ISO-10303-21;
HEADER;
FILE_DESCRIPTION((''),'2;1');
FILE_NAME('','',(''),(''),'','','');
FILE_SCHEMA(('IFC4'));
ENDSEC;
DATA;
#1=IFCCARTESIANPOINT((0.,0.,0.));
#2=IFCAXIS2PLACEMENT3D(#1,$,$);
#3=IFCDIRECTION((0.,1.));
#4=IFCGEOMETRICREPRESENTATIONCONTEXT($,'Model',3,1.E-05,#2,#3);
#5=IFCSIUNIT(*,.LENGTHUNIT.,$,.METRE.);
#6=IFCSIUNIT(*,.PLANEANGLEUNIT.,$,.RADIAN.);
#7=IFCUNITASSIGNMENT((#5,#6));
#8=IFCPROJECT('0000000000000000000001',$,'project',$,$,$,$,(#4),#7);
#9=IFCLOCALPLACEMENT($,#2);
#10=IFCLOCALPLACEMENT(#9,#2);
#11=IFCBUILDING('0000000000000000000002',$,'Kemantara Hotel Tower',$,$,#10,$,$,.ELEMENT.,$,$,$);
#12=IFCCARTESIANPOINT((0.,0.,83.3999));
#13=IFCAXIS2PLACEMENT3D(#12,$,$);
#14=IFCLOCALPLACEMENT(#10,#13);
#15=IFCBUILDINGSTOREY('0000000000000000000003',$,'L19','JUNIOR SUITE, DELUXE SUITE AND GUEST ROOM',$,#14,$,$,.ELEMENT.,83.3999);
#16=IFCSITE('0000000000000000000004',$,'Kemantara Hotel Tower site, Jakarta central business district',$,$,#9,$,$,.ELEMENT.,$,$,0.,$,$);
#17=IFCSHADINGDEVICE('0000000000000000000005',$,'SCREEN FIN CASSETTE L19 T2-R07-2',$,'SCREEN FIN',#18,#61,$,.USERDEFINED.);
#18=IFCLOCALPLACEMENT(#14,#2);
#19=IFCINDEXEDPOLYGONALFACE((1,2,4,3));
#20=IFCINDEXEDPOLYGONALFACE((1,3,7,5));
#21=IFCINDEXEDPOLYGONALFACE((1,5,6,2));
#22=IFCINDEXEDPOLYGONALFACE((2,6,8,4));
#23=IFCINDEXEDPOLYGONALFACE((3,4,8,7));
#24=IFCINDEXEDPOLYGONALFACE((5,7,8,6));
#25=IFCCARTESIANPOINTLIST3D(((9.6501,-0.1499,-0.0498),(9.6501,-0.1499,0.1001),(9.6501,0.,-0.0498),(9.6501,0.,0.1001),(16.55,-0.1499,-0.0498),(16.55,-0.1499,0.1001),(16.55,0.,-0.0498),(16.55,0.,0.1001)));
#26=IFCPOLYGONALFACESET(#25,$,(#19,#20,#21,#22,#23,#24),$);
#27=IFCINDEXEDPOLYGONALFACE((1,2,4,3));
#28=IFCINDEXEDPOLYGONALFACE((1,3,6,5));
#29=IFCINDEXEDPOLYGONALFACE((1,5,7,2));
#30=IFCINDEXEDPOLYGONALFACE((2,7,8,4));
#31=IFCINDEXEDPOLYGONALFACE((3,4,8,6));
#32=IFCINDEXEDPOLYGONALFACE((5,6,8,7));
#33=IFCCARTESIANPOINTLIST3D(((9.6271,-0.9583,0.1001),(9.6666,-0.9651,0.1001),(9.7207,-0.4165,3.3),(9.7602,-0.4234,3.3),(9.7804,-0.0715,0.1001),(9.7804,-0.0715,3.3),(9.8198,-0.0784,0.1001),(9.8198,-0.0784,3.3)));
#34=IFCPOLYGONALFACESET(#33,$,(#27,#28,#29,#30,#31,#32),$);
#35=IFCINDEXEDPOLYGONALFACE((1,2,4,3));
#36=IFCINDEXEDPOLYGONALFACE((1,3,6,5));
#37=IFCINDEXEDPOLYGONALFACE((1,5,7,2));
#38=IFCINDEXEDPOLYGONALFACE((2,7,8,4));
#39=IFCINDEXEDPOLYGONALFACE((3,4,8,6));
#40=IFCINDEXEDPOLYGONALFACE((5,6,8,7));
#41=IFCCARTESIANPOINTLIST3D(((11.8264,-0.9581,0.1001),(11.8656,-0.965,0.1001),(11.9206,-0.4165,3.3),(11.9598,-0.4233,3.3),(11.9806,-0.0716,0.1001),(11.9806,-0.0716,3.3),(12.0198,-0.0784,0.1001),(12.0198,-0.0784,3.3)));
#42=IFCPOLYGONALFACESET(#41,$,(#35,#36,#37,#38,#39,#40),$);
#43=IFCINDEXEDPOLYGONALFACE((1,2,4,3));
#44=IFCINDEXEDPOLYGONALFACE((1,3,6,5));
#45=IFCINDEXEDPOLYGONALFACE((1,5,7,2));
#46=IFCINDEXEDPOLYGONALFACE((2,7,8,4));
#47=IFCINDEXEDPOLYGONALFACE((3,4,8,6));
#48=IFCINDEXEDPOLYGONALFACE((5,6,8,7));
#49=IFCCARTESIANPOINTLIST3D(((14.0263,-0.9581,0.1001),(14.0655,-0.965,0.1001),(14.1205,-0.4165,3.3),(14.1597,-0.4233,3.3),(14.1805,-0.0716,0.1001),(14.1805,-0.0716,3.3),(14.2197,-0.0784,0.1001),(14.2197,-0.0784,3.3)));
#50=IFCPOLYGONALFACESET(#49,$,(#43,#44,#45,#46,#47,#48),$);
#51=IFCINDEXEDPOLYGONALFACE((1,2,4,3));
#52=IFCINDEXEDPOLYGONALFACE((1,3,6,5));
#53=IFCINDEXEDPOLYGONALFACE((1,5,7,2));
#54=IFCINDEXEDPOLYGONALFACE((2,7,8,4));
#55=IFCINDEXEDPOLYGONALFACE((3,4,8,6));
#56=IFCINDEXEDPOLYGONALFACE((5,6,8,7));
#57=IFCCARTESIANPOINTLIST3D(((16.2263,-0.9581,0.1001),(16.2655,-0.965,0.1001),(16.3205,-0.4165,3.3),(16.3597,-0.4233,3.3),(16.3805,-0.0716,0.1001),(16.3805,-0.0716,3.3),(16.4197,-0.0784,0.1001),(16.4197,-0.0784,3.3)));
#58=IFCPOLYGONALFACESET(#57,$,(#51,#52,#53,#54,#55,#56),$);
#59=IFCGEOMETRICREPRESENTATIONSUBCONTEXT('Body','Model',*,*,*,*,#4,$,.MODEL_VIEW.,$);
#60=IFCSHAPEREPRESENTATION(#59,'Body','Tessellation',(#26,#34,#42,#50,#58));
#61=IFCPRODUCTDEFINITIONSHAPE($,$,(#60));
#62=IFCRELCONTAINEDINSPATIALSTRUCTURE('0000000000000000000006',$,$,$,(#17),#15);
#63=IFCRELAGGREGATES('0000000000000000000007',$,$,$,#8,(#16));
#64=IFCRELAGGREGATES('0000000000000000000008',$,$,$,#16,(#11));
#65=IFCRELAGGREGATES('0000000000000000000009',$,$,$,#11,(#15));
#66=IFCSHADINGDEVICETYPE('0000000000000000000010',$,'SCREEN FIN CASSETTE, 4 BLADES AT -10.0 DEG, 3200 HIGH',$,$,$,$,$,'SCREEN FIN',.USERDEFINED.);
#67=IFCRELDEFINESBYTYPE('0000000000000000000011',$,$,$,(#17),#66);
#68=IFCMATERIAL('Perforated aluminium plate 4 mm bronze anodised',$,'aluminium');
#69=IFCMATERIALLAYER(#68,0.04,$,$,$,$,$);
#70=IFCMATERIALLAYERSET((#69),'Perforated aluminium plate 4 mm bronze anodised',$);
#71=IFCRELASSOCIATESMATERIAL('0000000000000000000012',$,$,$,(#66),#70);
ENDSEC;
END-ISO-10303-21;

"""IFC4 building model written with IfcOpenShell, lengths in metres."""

from ifc_helpers import new_model, si_unit, direction, frame, origin, origin_2d, place, context, subcontext, project, spatial, polyline, rectangle, outline, extrude, source, transform, mapped, material, layer, layer_set, type_object, element, save


model = new_model("IFC4")

# Units and contexts
model_context = context("Model", 3, precision=1e-05, world=origin(), true_north=direction((0.0, 1.0)))
body_context = subcontext(model_context, "Body", "Model", "MODEL_VIEW")
ifc_project = project(units=[si_unit("LENGTHUNIT", "METRE"), si_unit("PLANEANGLEUNIT", "RADIAN")], contexts=[model_context])

# Site, building, storey
site_placement = place(None, origin())
site = spatial("IfcSite", under=ifc_project, at=site_placement, Name="Kemantara Hotel Tower site, Jakarta central business district", CompositionType="ELEMENT", RefElevation=0.0)
building_placement = place(site_placement, origin())
building = spatial("IfcBuilding", under=site, at=building_placement, Name="Kemantara Hotel Tower", CompositionType="ELEMENT")
storey_placement = place(building_placement, frame((0.0, 0.0, 83.3999)))
storey = spatial("IfcBuildingStorey", under=building, at=storey_placement, Name="L19", Description="JUNIOR SUITE, DELUXE SUITE AND GUEST ROOM", CompositionType="ELEMENT", Elevation=83.3999)

# Shading device
ifc_material_1 = material(Name="Perforated aluminium plate 4 mm bronze anodised", Category="aluminium")
ifc_layer_1 = layer(ifc_material_1, 0.04)
ifc_layer_set_1 = layer_set([ifc_layer_1], Name="Perforated aluminium plate 4 mm bronze anodised")
shading_device_type_1 = type_object("IfcShadingDeviceType", Name="SCREEN FIN CASSETTE, 4 BLADES AT -10.0 DEG, 3200 HIGH", ElementType="SCREEN FIN", PredefinedType="USERDEFINED", material=ifc_layer_set_1)
shared_shape_1 = source(origin(), body_context, "Body", "SweptSolid", [
    extrude(rectangle(XDim=6.8999, YDim=0.1499, at=origin_2d()), frame((3.3, -0.075, -0.1499), z_axis=(0.0, 0.0, 1.0), x_axis=(1.0, 0.0, 0.0)), (0.0, 0.0, 1.0), 0.1499),
    extrude(outline(polyline([(0.0, 0.0), (0.8999, 0.0), (0.3501, 3.2), (0.0, 3.2), (0.0, 0.0)])), frame((0.0198, -0.0784, 0.0), z_axis=(-0.98539, 0.170314, 0.0), x_axis=(-0.170314, -0.98539, 0.0)), (0.0, 0.0, 1.0), 0.04),
    extrude(outline(polyline([(0.0, 0.0), (0.8999, 0.0), (0.3501, 3.2), (0.0, 3.2), (0.0, 0.0)])), frame((2.2197, -0.0784, 0.0), z_axis=(-0.985212, 0.171341, 0.0), x_axis=(-0.171341, -0.985212, 0.0)), (0.0, 0.0, 1.0), 0.0398),
    extrude(outline(polyline([(0.0, 0.0), (0.8999, 0.0), (0.3501, 3.2), (0.0, 3.2), (0.0, 0.0)])), frame((4.4197, -0.0784, 0.0), z_axis=(-0.985212, 0.171341, 0.0), x_axis=(-0.171341, -0.985212, 0.0)), (0.0, 0.0, 1.0), 0.0398),
    extrude(outline(polyline([(0.0, 0.0), (0.8999, 0.0), (0.3501, 3.2), (0.0, 3.2), (0.0, 0.0)])), frame((6.6196, -0.0784, 0.0), z_axis=(-0.985212, 0.171341, 0.0), x_axis=(-0.171341, -0.985212, 0.0)), (0.0, 0.0, 1.0), 0.0398),
])
shading_device_1_placement = place(storey_placement, frame((9.8, 0.0, 0.1001), z_axis=(0.0, 0.0, 1.0), x_axis=(1.0, 0.0, 0.0)))
element("IfcShadingDevice", 1, at=shading_device_1_placement, inside=storey, type_object=shading_device_type_1, Name="SCREEN FIN CASSETTE L19 T2-R07-2", ObjectType="SCREEN FIN", PredefinedType="USERDEFINED", context=body_context, shape_type="MappedRepresentation", body=[
    mapped(shared_shape_1, transform((0.0, 0.0, 0.0))),
])

save(model, "model.ifc")
